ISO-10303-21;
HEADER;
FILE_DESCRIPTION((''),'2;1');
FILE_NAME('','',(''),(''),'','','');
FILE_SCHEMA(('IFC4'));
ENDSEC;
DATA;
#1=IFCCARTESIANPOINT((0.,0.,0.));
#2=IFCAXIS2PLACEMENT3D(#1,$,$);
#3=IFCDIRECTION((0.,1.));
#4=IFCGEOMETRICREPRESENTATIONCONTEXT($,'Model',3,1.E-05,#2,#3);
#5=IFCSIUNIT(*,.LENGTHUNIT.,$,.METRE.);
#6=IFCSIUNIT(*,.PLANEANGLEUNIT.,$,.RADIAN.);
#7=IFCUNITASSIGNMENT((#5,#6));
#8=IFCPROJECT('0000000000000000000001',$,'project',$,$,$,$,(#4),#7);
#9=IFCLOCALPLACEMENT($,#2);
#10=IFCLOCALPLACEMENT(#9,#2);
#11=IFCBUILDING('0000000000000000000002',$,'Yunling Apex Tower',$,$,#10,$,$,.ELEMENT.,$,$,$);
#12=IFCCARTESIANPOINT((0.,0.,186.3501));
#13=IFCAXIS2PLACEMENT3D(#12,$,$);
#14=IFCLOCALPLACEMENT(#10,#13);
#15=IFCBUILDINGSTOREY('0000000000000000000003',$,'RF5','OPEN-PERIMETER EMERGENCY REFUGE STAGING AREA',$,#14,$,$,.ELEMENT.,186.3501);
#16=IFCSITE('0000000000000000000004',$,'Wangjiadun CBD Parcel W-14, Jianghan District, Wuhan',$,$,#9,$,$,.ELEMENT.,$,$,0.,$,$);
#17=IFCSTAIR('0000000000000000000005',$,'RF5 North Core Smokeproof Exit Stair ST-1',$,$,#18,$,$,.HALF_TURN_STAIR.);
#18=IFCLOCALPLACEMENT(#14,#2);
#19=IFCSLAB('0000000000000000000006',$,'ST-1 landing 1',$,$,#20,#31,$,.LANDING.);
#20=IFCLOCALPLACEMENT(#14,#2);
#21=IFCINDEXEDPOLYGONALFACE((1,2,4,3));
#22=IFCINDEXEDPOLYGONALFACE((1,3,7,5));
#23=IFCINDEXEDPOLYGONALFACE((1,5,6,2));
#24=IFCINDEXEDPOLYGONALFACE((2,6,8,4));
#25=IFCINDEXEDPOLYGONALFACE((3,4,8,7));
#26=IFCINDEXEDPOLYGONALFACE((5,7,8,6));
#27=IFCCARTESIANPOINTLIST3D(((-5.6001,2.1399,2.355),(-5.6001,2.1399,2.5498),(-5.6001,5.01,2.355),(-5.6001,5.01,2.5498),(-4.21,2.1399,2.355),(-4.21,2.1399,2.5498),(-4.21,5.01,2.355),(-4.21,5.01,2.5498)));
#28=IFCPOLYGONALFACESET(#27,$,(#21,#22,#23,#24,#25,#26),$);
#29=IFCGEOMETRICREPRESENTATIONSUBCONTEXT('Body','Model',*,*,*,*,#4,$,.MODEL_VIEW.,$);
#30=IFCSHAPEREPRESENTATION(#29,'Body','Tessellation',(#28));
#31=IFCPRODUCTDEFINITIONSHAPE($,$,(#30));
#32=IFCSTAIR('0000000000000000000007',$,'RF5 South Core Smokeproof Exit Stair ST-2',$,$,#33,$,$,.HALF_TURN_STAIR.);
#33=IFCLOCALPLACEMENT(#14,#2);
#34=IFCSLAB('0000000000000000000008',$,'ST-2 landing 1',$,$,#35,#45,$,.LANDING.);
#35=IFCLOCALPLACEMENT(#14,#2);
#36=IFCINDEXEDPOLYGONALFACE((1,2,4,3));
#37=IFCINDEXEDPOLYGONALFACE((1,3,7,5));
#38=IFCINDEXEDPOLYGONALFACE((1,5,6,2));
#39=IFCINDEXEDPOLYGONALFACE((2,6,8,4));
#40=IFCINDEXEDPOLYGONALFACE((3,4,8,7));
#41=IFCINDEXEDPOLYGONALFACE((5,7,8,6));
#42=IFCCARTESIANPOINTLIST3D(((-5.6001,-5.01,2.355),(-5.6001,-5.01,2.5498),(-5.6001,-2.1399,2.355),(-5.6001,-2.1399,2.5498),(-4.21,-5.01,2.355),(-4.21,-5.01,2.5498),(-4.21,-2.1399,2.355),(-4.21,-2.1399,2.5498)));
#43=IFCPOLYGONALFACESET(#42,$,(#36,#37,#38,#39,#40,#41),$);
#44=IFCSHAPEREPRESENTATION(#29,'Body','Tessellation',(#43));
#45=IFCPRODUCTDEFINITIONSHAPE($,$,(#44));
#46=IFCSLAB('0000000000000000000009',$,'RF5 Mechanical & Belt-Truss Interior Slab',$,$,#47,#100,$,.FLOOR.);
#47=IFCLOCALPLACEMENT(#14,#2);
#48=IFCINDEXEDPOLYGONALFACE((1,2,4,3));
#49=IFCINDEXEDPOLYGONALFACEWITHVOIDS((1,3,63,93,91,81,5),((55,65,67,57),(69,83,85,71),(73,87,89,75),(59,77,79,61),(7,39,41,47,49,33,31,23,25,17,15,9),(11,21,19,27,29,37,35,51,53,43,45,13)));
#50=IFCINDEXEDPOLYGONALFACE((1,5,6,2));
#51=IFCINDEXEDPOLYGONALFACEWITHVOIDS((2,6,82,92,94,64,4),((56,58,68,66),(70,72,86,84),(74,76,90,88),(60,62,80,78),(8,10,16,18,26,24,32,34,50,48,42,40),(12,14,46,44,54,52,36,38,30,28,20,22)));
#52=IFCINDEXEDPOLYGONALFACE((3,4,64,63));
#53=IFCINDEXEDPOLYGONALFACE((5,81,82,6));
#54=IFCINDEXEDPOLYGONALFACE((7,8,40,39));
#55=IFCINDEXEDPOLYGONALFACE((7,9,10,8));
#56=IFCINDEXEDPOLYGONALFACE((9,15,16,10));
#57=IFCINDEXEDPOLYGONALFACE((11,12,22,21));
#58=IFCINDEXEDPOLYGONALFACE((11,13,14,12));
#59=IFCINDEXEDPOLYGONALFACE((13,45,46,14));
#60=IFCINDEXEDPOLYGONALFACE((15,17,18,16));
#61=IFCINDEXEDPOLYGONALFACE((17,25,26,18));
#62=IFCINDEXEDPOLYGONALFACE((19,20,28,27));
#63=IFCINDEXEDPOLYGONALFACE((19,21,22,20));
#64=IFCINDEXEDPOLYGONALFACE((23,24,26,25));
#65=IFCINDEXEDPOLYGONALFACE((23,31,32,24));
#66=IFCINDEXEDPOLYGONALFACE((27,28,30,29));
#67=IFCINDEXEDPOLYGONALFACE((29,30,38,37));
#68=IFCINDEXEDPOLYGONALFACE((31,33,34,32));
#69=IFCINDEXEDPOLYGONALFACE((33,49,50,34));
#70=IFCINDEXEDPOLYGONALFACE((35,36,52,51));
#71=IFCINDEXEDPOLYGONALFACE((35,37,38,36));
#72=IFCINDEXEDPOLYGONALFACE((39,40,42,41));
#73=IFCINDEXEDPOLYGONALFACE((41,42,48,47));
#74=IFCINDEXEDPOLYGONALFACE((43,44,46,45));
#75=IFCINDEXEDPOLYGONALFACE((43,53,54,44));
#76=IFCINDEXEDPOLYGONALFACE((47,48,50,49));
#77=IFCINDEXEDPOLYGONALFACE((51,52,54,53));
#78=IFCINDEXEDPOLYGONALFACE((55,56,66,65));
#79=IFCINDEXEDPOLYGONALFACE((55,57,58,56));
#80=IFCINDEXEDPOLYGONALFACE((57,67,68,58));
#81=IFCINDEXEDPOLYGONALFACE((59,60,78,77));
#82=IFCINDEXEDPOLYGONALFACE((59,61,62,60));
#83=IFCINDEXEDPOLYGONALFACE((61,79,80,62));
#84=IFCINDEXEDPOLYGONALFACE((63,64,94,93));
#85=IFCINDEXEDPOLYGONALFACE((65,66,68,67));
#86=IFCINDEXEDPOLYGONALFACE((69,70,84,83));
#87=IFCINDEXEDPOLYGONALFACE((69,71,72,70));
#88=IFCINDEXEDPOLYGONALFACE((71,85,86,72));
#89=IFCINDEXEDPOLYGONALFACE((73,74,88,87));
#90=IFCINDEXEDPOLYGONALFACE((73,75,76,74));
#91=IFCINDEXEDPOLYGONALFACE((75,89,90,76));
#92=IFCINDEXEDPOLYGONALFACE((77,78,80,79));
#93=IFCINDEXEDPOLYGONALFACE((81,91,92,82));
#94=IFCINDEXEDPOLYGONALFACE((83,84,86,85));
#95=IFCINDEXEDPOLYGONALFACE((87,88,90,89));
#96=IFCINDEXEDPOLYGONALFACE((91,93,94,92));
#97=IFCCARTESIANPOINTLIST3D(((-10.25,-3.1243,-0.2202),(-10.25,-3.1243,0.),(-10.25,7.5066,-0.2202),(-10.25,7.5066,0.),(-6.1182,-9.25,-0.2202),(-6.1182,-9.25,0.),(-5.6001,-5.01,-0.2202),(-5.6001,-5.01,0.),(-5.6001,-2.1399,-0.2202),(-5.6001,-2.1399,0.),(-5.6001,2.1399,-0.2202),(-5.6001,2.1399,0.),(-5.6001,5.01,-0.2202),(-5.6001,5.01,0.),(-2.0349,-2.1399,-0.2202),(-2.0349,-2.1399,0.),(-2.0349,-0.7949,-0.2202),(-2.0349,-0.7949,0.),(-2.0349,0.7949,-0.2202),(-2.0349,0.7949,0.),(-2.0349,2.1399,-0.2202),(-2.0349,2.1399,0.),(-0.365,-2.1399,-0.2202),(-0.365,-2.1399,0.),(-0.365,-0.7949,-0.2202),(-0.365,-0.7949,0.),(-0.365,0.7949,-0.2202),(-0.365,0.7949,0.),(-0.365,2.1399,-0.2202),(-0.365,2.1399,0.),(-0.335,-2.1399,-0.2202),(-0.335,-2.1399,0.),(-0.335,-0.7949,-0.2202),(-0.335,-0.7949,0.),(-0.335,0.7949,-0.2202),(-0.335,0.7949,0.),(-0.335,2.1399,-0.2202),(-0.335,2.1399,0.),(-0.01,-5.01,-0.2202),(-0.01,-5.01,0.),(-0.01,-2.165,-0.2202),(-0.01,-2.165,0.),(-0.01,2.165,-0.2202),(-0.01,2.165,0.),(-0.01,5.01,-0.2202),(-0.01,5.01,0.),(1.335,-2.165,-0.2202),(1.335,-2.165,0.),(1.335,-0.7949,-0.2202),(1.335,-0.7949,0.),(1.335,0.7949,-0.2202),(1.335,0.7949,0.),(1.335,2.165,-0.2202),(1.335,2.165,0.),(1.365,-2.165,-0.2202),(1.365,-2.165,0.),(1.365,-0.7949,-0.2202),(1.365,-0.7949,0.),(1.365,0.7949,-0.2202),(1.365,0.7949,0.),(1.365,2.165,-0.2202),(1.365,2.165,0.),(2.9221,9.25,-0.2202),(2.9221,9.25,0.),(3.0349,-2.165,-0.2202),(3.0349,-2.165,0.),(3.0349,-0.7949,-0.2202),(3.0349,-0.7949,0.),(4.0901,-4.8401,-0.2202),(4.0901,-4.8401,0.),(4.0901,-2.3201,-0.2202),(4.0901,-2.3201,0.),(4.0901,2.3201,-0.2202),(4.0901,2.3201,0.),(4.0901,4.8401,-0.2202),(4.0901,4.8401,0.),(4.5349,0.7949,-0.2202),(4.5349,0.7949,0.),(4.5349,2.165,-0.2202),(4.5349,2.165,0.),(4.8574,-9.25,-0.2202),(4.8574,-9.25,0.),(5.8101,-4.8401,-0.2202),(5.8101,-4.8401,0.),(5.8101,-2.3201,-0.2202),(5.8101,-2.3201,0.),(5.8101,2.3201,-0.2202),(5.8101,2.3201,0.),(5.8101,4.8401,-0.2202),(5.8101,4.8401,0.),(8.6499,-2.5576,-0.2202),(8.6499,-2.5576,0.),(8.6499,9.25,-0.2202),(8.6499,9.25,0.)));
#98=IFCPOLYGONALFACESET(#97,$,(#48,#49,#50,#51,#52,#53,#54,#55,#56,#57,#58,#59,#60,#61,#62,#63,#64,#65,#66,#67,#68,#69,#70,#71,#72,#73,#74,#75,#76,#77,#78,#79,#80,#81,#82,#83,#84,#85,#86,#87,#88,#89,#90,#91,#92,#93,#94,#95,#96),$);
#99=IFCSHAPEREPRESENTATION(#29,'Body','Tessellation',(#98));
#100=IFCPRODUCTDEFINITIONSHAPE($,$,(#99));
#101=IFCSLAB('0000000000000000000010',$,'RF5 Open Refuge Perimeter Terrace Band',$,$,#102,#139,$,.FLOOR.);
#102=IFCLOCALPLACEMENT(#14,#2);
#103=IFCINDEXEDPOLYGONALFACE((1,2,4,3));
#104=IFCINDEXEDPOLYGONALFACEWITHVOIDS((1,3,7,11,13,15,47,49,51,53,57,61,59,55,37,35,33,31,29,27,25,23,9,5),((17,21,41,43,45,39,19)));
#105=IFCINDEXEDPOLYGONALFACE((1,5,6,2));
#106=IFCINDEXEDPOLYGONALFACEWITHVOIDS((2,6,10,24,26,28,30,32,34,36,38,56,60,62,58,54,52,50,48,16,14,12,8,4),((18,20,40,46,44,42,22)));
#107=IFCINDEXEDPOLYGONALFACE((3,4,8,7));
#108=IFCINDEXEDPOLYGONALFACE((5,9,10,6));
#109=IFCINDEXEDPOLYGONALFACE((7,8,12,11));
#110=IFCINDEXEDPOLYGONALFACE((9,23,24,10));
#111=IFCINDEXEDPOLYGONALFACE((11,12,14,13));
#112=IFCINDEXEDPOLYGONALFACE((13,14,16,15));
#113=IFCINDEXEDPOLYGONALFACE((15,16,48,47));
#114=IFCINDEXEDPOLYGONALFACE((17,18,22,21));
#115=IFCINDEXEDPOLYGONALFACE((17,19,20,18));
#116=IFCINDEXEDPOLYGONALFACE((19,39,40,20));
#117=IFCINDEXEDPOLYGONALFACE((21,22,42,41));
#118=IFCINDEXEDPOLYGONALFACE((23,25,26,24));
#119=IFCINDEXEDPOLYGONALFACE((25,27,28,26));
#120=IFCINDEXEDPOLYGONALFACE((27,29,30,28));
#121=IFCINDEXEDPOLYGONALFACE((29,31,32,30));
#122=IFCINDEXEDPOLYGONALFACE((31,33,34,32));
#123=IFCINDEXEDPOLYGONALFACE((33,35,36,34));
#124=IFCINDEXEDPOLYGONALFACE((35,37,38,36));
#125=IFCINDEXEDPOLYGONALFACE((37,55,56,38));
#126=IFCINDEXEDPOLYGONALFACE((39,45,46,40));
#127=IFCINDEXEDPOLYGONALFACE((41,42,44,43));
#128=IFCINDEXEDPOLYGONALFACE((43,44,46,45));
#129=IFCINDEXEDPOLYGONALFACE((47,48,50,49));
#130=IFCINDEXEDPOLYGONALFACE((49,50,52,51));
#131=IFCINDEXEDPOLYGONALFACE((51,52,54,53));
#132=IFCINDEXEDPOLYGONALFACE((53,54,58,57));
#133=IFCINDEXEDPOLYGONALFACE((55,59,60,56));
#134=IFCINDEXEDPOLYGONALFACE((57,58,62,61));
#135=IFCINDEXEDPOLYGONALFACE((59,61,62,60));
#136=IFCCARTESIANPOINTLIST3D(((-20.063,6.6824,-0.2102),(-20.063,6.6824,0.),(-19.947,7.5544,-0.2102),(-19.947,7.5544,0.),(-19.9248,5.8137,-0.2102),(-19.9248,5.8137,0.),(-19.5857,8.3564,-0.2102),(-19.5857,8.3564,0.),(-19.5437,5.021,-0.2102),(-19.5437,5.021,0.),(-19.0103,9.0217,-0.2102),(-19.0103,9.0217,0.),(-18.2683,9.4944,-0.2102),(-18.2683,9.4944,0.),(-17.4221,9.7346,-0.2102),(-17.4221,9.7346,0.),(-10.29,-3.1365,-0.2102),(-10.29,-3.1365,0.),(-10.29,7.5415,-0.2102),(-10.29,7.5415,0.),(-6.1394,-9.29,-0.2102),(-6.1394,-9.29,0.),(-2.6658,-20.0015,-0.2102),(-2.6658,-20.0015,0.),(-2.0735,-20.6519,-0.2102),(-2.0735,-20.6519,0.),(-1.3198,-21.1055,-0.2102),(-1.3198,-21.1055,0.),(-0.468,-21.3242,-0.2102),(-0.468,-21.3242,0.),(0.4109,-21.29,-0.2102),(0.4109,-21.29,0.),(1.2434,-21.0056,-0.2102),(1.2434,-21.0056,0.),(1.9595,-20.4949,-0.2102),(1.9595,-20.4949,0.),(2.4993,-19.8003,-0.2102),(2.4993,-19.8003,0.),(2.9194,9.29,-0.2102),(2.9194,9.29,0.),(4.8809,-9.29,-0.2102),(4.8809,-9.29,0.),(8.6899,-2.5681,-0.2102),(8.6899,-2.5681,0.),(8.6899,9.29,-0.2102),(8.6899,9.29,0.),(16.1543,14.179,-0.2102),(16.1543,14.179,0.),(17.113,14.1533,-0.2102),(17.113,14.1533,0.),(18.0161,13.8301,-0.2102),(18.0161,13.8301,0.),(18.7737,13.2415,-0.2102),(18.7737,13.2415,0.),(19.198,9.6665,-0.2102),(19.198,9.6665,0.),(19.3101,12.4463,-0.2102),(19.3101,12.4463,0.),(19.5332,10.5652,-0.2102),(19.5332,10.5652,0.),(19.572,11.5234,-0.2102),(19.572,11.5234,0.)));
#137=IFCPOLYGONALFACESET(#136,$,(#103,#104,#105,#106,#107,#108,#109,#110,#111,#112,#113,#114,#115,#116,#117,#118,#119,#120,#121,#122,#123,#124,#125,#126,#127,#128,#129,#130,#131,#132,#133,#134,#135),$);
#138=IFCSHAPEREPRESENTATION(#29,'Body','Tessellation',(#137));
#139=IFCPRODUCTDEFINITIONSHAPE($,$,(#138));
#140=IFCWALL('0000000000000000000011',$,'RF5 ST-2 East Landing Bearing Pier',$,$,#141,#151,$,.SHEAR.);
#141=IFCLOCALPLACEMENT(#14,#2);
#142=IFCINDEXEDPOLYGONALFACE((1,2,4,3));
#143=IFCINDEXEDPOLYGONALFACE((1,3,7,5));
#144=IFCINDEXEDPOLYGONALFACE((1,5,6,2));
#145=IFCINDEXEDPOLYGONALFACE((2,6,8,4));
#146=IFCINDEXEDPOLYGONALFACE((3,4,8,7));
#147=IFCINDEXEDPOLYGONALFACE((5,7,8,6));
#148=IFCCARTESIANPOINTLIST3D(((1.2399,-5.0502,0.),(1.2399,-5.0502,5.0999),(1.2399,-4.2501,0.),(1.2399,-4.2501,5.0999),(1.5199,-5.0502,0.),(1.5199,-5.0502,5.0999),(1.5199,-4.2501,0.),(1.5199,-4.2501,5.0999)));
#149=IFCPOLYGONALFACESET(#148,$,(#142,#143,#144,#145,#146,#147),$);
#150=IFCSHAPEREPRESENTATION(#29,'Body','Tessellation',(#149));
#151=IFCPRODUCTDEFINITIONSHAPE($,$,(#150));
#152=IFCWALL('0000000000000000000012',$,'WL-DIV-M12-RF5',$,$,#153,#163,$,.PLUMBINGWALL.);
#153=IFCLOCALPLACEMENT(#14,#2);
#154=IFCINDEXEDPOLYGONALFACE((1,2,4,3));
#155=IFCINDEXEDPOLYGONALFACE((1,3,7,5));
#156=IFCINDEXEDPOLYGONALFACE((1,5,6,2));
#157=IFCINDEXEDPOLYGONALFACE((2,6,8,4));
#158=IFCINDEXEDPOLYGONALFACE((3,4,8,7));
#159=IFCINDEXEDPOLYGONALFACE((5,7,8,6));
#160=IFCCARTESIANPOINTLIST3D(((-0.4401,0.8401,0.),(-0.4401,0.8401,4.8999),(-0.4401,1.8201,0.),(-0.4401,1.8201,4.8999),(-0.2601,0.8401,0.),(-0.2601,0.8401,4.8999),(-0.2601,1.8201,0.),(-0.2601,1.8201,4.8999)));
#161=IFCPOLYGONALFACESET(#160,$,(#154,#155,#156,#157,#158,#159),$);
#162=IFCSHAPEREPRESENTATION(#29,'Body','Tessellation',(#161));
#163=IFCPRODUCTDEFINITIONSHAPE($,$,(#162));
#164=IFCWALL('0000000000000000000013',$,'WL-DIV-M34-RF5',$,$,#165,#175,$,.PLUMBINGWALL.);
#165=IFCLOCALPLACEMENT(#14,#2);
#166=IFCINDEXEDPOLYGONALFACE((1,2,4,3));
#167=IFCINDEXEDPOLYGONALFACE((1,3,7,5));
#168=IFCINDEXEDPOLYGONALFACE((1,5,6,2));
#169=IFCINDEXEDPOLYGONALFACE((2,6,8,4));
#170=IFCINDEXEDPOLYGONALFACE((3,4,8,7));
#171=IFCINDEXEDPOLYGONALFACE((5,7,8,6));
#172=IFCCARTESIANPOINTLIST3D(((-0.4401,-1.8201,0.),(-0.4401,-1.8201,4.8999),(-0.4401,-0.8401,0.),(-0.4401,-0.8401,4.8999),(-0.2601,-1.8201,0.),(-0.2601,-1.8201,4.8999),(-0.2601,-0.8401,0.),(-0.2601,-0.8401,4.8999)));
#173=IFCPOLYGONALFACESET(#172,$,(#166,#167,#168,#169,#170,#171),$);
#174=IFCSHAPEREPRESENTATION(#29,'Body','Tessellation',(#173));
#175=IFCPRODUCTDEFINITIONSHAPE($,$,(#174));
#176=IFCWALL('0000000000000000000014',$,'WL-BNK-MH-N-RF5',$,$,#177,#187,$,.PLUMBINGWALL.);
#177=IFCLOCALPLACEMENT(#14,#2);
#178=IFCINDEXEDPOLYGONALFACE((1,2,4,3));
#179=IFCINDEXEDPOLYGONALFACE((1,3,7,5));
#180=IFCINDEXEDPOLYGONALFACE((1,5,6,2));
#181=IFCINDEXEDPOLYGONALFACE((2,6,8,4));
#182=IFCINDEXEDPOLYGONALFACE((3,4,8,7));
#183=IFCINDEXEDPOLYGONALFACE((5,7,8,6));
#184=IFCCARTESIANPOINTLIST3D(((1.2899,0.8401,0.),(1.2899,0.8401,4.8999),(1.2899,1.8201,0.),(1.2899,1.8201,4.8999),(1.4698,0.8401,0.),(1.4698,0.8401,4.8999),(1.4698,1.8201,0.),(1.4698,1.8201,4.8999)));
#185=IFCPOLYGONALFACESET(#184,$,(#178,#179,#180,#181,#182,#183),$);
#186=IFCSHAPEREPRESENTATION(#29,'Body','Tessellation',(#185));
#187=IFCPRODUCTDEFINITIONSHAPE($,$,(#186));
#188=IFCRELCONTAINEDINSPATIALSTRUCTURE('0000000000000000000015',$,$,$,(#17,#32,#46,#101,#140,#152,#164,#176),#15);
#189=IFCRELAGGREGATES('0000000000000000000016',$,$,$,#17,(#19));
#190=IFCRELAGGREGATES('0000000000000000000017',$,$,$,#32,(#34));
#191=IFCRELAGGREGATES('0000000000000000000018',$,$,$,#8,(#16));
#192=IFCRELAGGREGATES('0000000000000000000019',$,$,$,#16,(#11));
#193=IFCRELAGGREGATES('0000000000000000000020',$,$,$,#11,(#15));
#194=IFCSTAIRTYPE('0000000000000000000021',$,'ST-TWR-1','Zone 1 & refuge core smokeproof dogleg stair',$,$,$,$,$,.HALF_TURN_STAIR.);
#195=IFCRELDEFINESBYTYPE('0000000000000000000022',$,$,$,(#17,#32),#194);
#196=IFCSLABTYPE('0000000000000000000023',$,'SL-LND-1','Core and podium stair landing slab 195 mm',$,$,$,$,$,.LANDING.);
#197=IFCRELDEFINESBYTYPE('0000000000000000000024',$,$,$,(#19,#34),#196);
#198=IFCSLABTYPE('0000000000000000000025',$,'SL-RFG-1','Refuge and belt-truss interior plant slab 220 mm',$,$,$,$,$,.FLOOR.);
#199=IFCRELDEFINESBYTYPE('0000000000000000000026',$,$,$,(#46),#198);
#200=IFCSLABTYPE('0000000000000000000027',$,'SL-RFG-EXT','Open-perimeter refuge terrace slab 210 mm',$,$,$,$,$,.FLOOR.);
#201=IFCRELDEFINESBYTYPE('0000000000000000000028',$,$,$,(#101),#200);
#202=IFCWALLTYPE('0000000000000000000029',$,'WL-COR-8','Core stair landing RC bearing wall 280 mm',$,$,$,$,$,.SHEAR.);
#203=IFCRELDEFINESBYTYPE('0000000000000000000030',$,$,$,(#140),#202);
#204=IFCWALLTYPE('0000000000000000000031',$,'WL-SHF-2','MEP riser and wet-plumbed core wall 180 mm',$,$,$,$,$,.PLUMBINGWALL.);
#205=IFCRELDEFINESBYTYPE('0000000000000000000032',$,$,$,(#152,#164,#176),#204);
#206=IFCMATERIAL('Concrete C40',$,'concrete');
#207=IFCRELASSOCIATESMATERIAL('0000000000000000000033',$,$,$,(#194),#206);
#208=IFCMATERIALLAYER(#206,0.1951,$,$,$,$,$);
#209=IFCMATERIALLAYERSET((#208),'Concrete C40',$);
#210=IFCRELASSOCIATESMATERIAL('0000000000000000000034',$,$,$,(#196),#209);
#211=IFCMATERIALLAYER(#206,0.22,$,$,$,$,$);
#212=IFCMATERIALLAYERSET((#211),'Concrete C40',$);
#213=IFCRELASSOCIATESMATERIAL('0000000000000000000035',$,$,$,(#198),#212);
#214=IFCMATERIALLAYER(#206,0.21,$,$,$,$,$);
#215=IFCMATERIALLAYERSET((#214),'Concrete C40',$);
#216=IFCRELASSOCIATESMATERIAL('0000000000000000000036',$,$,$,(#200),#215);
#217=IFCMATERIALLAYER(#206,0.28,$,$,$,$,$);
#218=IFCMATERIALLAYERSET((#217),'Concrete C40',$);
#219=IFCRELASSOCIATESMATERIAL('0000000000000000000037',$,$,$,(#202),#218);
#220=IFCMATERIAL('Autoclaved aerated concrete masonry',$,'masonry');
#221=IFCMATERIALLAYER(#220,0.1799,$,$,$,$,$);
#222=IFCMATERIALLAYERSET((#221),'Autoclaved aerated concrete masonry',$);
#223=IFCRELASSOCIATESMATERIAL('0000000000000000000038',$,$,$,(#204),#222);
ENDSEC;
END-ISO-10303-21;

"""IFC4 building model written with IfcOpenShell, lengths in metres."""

from ifc_helpers import new_model, si_unit, direction, frame, frame_2d, origin, place, context, subcontext, project, spatial, polyline, rectangle, outline, extrude, material, layer, layer_set, type_object, element, aggregate, save


model = new_model("IFC4")

# Units and contexts
model_context = context("Model", 3, precision=1e-05, world=origin(), true_north=direction((0.0, 1.0)))
body_context = subcontext(model_context, "Body", "Model", "MODEL_VIEW")
ifc_project = project(units=[si_unit("LENGTHUNIT", "METRE"), si_unit("PLANEANGLEUNIT", "RADIAN")], contexts=[model_context])

# Site, building, storey
site_placement = place(None, origin())
site = spatial("IfcSite", under=ifc_project, at=site_placement, Name="Wangjiadun CBD Parcel W-14, Jianghan District, Wuhan", CompositionType="ELEMENT", RefElevation=0.0)
building_placement = place(site_placement, origin())
building = spatial("IfcBuilding", under=site, at=building_placement, Name="Yunling Apex Tower", CompositionType="ELEMENT")
storey_placement = place(building_placement, frame((0.0, 0.0, 186.3501)))
storey = spatial("IfcBuildingStorey", under=building, at=storey_placement, Name="RF5", Description="OPEN-PERIMETER EMERGENCY REFUGE STAGING AREA", CompositionType="ELEMENT", Elevation=186.3501)

# Stairs, slabs
ifc_material_1 = material(Name="Concrete C40", Category="concrete")
stair_type = type_object("IfcStairType", Name="ST-TWR-1", Description="Zone 1 & refuge core smokeproof dogleg stair", PredefinedType="HALF_TURN_STAIR", material=ifc_material_1)
stair_1_placement = place(storey_placement, origin())
stair_1 = element("IfcStair", 1, at=stair_1_placement, inside=storey, type_object=stair_type, Name="RF5 North Core Smokeproof Exit Stair ST-1", PredefinedType="HALF_TURN_STAIR")
ifc_layer_1 = layer(ifc_material_1, 0.1951)
ifc_layer_set_1 = layer_set([ifc_layer_1], Name="Concrete C40")
slab_type_1 = type_object("IfcSlabType", Name="SL-LND-1", Description="Core and podium stair landing slab 195 mm", PredefinedType="LANDING", material=ifc_layer_set_1)
slab_1_placement = place(storey_placement, frame((0.0, 0.0, 2.355)))
slab_1 = element("IfcSlab", 2, at=slab_1_placement, type_object=slab_type_1, Name="ST-1 landing 1", PredefinedType="LANDING", context=body_context, shape_type="SweptSolid", body=[
    extrude(outline(polyline([(-4.21, 5.01), (-5.6001, 5.01), (-5.6001, 2.1399), (-4.21, 2.1399), (-4.21, 5.01)])), origin(), (0.0, 0.0, 1.0), 0.1948),
])
aggregate(stair_1, [slab_1])
stair_2_placement = place(storey_placement, origin())
stair_2 = element("IfcStair", 3, at=stair_2_placement, inside=storey, type_object=stair_type, Name="RF5 South Core Smokeproof Exit Stair ST-2", PredefinedType="HALF_TURN_STAIR")
slab_2_placement = place(storey_placement, frame((0.0, 0.0, 2.355)))
slab_2 = element("IfcSlab", 4, at=slab_2_placement, type_object=slab_type_1, Name="ST-2 landing 1", PredefinedType="LANDING", context=body_context, shape_type="SweptSolid", body=[
    extrude(outline(polyline([(-4.21, -2.1399), (-5.6001, -2.1399), (-5.6001, -5.01), (-4.21, -5.01), (-4.21, -2.1399)])), origin(), (0.0, 0.0, 1.0), 0.1948),
])

# Slabs
ifc_layer_2 = layer(ifc_material_1, 0.22)
ifc_layer_set_2 = layer_set([ifc_layer_2], Name="Concrete C40")
slab_type_2 = type_object("IfcSlabType", Name="SL-RFG-1", Description="Refuge and belt-truss interior plant slab 220 mm", PredefinedType="FLOOR", material=ifc_layer_set_2)
slab_3_placement = place(storey_placement, frame((0.0, 0.0, -0.2202)))
element("IfcSlab", 5, at=slab_3_placement, inside=storey, type_object=slab_type_2, Name="RF5 Mechanical & Belt-Truss Interior Slab", PredefinedType="FLOOR", context=body_context, shape_type="SweptSolid", body=[
    extrude(outline(polyline([(2.9221, 9.25), (-10.25, 7.5066), (-10.25, -3.1243), (-6.1182, -9.25), (4.8574, -9.25), (8.6499, -2.5576), (8.6499, 9.25), (2.9221, 9.25)]), holes=[polyline([(5.8101, -2.3201), (5.8101, -4.8401), (4.0901, -4.8401), (4.0901, -2.3201), (5.8101, -2.3201)]), polyline([(5.8101, 4.8401), (5.8101, 2.3201), (4.0901, 2.3201), (4.0901, 4.8401), (5.8101, 4.8401)]), polyline([(4.5349, 0.7949), (1.365, 0.7949), (1.365, 2.165), (4.5349, 2.165), (4.5349, 0.7949)]), polyline([(3.0349, -0.7949), (3.0349, -2.165), (1.365, -2.165), (1.365, -0.7949), (3.0349, -0.7949)]), polyline([(-2.0349, -0.7949), (-0.365, -0.7949), (-0.365, -2.1399), (-0.335, -2.1399), (-0.335, -0.7949), (1.335, -0.7949), (1.335, -2.165), (-0.01, -2.165), (-0.01, -5.01), (-5.6001, -5.01), (-5.6001, -2.1399), (-2.0349, -2.1399), (-2.0349, -0.7949)]), polyline([(-5.6001, 2.1399), (-5.6001, 5.01), (-0.01, 5.01), (-0.01, 2.165), (1.335, 2.165), (1.335, 0.7949), (-0.335, 0.7949), (-0.335, 2.1399), (-0.365, 2.1399), (-0.365, 0.7949), (-2.0349, 0.7949), (-2.0349, 2.1399), (-5.6001, 2.1399)])]), origin(), (0.0, 0.0, 1.0), 0.2202),
])
ifc_layer_3 = layer(ifc_material_1, 0.21)
ifc_layer_set_3 = layer_set([ifc_layer_3], Name="Concrete C40")
slab_type_3 = type_object("IfcSlabType", Name="SL-RFG-EXT", Description="Open-perimeter refuge terrace slab 210 mm", PredefinedType="FLOOR", material=ifc_layer_set_3)
slab_4_placement = place(storey_placement, frame((0.0, 0.0, -0.2102)))
element("IfcSlab", 6, at=slab_4_placement, inside=storey, type_object=slab_type_3, Name="RF5 Open Refuge Perimeter Terrace Band", PredefinedType="FLOOR", context=body_context, shape_type="SweptSolid", body=[
    extrude(outline(polyline([(-2.6658, -20.0015), (-2.0735, -20.6519), (-1.3198, -21.1055), (-0.468, -21.3242), (0.4109, -21.29), (1.2434, -21.0056), (1.9595, -20.4949), (2.4993, -19.8003), (19.198, 9.6665), (19.5332, 10.5652), (19.572, 11.5234), (19.3101, 12.4463), (18.7737, 13.2415), (18.0161, 13.8301), (17.113, 14.1533), (16.1543, 14.179), (-17.4221, 9.7346), (-18.2683, 9.4944), (-19.0103, 9.0217), (-19.5857, 8.3564), (-19.947, 7.5544), (-20.063, 6.6824), (-19.9248, 5.8137), (-19.5437, 5.021), (-2.6658, -20.0015)]), holes=[polyline([(8.6899, -2.5681), (4.8809, -9.29), (-6.1394, -9.29), (-10.29, -3.1365), (-10.29, 7.5415), (2.9194, 9.29), (8.6899, 9.29), (8.6899, -2.5681)])]), origin(), (0.0, 0.0, 1.0), 0.2102),
])

# Wall
ifc_layer_4 = layer(ifc_material_1, 0.28)
ifc_layer_set_4 = layer_set([ifc_layer_4], Name="Concrete C40")
wall_type_1 = type_object("IfcWallType", Name="WL-COR-8", Description="Core stair landing RC bearing wall 280 mm", PredefinedType="SHEAR", material=ifc_layer_set_4)
wall_1_placement = place(storey_placement, frame((1.3799, -5.05, 0.0), z_axis=(0.0, 0.0, 1.0), x_axis=(0.0, 1.0, 0.0)))
element("IfcWall", 7, at=wall_1_placement, inside=storey, type_object=wall_type_1, Name="RF5 ST-2 East Landing Bearing Pier", PredefinedType="SHEAR", context=body_context, shape_type="SweptSolid", body=[
    extrude(rectangle(XDim=0.8, YDim=0.28, at=frame_2d((0.3999, 0.0))), origin(), (0.0, 0.0, 1.0), 5.0999),
])

# Shared definitions
ifc_material_2 = material(Name="Autoclaved aerated concrete masonry", Category="masonry")

# Walls
ifc_layer_5 = layer(ifc_material_2, 0.1799)
ifc_layer_set_5 = layer_set([ifc_layer_5], Name="Autoclaved aerated concrete masonry")
wall_type_2 = type_object("IfcWallType", Name="WL-SHF-2", Description="MEP riser and wet-plumbed core wall 180 mm", PredefinedType="PLUMBINGWALL", material=ifc_layer_set_5)
for number, where, z_axis, x_axis, name in (
    (8, (-0.3501, 0.8401, 0.0), (0.0, 0.0, 1.0), (0.0, 1.0, 0.0), "WL-DIV-M12-RF5"),
    (9, (-0.3501, -1.8201, 0.0), (0.0, 0.0, 1.0), (0.0, 1.0, 0.0), "WL-DIV-M34-RF5"),
    (10, (1.3799, 0.8401, 0.0), (0.0, 0.0, 1.0), (0.0, 1.0, 0.0), "WL-BNK-MH-N-RF5"),
):
    element("IfcWall", number, at=place(storey_placement, frame(where, z_axis=z_axis, x_axis=x_axis)), inside=storey, type_object=wall_type_2, Name=name, PredefinedType="PLUMBINGWALL", context=body_context, shape_type="SweptSolid", body=[
        extrude(rectangle(XDim=0.98, YDim=0.1799, at=frame_2d((0.49, 0.0))), origin(), (0.0, 0.0, 1.0), 4.8999),
    ])

aggregate(stair_2, [slab_2])

save(model, "model.ifc")
